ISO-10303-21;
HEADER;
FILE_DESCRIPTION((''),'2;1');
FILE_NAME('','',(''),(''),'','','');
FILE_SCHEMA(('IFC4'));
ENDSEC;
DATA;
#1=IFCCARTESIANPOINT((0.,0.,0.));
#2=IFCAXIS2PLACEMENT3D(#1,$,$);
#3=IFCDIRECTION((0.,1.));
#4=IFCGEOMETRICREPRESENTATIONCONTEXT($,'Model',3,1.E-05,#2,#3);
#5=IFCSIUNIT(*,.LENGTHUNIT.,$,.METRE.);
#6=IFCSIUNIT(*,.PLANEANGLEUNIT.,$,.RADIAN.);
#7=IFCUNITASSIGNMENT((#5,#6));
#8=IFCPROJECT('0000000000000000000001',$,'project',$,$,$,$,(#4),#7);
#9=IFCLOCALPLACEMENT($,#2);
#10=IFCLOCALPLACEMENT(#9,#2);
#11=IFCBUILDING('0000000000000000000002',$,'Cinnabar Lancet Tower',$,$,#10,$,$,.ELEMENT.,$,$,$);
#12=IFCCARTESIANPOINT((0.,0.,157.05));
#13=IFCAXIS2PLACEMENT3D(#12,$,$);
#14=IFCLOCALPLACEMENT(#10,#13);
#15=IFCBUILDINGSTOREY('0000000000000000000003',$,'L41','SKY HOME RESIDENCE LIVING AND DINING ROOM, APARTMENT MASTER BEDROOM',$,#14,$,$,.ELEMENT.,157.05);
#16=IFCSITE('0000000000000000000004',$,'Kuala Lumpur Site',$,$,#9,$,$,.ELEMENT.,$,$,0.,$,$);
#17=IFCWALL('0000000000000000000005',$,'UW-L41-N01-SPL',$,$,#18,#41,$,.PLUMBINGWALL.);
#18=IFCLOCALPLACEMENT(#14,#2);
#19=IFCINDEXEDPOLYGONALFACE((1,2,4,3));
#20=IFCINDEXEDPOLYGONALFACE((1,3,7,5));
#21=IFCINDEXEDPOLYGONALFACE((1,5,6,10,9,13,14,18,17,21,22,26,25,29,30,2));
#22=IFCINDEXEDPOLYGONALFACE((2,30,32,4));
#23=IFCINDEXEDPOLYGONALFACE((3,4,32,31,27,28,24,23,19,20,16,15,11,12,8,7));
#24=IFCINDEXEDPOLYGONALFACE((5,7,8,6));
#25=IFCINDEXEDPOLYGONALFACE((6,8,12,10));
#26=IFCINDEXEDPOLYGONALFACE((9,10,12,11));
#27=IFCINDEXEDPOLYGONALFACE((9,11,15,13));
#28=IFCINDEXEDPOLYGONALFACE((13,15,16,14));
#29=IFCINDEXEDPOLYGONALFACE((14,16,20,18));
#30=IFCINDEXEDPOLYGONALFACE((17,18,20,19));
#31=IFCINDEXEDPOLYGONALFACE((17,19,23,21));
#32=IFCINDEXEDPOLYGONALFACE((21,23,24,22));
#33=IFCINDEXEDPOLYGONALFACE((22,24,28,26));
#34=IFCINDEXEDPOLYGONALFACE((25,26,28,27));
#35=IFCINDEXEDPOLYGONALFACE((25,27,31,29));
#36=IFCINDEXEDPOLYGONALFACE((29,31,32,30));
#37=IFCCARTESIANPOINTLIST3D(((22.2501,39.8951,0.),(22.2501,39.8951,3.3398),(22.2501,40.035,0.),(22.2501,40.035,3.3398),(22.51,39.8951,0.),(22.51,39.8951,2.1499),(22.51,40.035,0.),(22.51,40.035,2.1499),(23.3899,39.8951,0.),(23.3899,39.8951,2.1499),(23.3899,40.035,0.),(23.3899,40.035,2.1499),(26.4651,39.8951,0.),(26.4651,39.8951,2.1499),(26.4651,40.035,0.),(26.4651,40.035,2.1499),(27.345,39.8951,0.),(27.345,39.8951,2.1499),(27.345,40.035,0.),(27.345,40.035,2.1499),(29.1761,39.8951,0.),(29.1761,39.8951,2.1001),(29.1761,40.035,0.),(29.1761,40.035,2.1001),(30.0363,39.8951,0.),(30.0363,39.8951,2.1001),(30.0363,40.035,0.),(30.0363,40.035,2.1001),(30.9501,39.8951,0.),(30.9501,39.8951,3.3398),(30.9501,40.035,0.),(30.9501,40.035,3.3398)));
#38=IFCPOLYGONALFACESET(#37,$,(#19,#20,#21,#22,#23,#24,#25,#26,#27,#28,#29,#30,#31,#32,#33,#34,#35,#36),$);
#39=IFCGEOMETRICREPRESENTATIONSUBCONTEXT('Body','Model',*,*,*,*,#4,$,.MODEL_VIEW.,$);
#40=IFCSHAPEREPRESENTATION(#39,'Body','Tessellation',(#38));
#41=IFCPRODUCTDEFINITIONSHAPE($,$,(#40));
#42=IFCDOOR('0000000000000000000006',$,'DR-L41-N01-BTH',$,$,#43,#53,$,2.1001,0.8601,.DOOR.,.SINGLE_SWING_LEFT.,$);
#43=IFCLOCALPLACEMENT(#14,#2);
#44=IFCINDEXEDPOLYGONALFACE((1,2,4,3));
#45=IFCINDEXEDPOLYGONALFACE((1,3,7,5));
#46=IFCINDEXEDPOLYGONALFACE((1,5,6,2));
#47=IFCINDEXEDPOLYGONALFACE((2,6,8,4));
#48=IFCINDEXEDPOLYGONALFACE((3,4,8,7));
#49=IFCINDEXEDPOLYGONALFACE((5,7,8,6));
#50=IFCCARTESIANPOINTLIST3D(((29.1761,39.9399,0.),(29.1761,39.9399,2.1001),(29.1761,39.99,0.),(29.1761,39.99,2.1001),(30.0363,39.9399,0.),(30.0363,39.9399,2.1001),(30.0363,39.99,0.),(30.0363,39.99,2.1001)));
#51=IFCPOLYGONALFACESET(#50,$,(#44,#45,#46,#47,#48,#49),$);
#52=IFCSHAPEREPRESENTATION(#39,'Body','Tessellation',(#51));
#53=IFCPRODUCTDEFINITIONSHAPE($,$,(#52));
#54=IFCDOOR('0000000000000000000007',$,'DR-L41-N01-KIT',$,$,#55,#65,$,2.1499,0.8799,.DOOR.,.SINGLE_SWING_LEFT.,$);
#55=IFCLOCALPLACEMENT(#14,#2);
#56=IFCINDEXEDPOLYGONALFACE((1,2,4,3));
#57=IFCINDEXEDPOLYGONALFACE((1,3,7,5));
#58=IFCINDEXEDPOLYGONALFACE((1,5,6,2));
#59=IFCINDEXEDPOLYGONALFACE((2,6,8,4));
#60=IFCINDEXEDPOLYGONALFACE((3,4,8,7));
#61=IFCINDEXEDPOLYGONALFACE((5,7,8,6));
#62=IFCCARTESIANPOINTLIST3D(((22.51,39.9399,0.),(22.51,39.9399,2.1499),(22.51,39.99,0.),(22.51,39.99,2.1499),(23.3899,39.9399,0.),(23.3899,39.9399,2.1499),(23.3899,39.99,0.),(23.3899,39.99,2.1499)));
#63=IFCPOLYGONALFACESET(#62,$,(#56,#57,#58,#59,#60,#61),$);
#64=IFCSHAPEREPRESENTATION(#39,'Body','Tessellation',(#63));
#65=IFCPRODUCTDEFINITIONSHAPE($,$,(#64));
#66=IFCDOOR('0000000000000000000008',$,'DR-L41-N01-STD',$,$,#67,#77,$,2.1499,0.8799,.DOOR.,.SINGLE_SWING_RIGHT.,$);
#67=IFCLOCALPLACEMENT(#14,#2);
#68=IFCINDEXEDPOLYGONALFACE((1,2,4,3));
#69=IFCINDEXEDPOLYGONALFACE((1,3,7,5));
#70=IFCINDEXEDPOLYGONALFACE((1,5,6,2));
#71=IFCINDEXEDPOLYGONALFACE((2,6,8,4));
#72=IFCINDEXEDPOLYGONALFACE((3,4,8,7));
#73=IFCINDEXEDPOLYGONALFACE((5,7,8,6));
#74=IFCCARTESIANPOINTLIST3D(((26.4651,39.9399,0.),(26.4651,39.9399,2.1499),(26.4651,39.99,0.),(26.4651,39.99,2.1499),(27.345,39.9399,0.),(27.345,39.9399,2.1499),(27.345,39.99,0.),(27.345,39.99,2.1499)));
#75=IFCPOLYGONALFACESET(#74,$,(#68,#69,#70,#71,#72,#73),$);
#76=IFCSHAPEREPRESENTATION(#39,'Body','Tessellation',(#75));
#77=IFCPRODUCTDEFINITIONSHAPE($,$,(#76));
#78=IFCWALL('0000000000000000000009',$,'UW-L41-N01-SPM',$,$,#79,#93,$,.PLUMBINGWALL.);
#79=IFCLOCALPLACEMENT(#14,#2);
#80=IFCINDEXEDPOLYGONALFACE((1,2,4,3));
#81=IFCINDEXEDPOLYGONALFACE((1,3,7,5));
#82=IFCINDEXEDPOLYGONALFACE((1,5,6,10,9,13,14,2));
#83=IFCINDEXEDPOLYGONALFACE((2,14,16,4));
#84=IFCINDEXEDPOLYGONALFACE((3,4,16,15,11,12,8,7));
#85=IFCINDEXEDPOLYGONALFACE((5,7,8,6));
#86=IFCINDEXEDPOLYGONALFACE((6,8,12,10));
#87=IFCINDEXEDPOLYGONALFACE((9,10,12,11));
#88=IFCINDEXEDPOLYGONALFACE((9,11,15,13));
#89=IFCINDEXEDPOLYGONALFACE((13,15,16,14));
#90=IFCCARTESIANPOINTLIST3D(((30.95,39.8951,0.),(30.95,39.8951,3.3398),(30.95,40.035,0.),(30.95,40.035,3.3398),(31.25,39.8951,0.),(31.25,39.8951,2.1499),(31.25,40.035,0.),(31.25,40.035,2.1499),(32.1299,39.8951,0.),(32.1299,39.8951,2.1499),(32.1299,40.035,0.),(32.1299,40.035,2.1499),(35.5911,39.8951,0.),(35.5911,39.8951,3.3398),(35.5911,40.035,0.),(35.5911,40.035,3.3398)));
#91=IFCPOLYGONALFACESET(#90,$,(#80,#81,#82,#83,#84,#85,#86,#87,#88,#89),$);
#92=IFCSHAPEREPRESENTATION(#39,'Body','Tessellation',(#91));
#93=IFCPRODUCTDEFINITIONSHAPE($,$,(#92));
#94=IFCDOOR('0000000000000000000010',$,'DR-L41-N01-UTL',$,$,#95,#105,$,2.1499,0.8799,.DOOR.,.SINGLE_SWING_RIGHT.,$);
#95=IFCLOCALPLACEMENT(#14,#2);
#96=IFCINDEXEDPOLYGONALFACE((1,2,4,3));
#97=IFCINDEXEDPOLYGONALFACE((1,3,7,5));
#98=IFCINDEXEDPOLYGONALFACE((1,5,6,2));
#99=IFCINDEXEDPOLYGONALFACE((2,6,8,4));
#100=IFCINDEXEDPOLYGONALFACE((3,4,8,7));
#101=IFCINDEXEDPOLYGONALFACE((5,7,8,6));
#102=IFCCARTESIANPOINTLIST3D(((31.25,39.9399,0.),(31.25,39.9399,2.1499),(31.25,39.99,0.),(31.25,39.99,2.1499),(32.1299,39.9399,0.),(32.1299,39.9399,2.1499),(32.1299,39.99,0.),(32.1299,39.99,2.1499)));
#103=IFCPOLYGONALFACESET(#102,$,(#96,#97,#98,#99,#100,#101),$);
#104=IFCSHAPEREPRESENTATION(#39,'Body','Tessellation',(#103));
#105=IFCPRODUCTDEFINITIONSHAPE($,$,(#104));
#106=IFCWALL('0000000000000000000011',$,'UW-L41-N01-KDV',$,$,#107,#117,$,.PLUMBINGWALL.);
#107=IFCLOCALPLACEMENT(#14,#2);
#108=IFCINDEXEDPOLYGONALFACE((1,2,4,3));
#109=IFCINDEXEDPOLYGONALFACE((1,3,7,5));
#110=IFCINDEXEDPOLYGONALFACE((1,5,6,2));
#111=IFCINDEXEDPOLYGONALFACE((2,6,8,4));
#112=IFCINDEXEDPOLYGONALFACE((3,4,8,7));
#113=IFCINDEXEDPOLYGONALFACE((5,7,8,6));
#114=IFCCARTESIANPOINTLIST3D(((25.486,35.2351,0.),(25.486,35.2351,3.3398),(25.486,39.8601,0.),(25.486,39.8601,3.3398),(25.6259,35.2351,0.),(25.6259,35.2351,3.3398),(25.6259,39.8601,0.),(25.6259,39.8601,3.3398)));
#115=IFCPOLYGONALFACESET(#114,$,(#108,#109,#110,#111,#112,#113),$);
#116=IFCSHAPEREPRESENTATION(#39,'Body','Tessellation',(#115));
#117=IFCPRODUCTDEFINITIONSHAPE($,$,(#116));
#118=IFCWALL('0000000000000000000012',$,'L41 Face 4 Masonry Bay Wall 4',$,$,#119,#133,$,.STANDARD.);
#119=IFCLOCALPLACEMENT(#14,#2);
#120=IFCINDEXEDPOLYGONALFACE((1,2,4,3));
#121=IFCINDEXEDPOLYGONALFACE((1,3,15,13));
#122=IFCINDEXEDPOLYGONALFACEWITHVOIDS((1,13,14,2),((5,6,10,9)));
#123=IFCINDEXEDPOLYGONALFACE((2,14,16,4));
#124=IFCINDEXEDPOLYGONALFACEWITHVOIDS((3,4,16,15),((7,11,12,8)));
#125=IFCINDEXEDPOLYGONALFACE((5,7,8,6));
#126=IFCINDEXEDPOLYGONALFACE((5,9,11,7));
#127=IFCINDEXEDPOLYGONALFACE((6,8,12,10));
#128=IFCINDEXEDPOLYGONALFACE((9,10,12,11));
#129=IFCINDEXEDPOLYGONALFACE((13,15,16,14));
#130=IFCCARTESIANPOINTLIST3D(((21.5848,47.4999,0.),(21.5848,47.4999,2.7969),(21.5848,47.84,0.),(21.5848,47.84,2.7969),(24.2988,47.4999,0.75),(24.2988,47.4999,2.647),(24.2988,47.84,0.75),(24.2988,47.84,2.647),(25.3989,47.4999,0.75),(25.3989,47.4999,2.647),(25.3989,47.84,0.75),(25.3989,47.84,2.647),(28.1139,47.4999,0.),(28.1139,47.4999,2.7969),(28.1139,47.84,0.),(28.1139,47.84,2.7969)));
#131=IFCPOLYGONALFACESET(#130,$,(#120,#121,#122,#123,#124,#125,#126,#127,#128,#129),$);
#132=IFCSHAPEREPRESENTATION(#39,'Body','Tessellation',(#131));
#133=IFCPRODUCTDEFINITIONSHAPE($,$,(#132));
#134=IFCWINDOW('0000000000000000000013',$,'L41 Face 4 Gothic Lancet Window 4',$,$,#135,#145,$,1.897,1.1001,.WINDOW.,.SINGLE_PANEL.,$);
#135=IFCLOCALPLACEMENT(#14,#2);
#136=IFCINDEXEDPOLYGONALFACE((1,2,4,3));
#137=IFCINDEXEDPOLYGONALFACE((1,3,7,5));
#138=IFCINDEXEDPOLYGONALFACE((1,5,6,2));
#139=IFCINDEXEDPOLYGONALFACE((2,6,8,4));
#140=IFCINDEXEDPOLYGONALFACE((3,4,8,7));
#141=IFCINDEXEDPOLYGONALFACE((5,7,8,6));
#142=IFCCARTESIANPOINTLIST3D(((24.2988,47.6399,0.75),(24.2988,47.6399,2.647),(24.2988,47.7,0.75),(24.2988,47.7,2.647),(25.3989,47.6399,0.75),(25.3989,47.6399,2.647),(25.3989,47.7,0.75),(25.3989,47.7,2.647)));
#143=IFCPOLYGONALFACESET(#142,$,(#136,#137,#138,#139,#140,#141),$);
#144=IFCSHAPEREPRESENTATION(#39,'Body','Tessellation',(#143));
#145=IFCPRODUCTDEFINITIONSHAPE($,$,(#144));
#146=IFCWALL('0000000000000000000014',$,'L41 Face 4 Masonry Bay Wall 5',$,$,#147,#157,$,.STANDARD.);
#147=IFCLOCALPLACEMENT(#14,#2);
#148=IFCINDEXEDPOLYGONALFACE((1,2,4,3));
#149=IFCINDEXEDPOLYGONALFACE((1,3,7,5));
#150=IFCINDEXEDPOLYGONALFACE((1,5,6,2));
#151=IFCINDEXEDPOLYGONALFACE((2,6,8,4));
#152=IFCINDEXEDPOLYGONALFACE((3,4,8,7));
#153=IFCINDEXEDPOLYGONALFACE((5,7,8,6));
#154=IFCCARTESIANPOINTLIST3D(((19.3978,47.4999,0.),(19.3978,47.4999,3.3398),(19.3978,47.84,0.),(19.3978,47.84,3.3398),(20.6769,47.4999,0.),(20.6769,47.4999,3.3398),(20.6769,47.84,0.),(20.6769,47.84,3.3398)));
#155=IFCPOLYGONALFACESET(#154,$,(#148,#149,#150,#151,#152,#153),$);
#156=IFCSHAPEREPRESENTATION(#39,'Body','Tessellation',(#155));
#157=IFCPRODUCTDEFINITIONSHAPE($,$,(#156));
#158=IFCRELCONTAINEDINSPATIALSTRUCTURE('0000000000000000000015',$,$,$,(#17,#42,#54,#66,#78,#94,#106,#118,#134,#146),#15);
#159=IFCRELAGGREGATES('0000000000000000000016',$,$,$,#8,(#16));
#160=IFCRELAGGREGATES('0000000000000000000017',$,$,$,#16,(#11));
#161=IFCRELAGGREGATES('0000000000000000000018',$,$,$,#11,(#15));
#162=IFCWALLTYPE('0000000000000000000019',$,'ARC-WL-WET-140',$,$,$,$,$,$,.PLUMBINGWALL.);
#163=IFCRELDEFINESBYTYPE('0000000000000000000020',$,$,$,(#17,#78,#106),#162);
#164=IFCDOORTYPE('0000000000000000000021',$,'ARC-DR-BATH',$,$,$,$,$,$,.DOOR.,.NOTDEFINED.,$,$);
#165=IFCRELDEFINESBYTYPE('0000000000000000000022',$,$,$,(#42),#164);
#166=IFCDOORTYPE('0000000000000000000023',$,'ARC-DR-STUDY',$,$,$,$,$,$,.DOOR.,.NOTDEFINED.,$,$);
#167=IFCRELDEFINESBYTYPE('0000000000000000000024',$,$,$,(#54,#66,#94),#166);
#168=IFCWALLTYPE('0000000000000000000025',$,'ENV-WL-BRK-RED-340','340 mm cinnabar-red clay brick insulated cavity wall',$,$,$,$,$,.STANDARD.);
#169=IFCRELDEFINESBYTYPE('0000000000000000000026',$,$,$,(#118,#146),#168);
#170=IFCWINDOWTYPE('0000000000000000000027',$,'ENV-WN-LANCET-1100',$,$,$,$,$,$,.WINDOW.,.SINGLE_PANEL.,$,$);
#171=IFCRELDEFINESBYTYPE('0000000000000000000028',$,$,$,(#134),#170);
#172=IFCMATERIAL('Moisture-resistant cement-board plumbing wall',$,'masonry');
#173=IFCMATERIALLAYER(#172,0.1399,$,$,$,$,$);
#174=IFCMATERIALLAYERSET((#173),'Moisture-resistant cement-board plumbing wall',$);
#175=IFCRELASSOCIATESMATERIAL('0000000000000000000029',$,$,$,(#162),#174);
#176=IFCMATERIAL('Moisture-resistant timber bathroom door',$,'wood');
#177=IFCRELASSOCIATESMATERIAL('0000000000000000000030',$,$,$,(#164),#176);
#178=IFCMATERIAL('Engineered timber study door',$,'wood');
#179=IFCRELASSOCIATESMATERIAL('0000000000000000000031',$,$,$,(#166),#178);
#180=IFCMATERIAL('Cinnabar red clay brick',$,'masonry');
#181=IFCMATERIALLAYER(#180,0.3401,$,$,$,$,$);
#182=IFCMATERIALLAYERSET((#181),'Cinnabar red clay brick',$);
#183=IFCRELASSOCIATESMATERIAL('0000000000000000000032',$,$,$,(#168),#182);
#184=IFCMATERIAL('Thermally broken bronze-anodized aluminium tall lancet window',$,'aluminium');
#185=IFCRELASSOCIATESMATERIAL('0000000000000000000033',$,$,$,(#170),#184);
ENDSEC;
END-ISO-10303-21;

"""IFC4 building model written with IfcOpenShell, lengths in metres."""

from ifc_helpers import new_model, si_unit, direction, frame, frame_2d, origin, place, context, subcontext, project, spatial, rectangle, extrude, material, layer, layer_set, type_object, element, fill, save


model = new_model("IFC4")

# Units and contexts
model_context = context("Model", 3, precision=1e-05, world=origin(), true_north=direction((0.0, 1.0)))
body_context = subcontext(model_context, "Body", "Model", "MODEL_VIEW")
ifc_project = project(units=[si_unit("LENGTHUNIT", "METRE"), si_unit("PLANEANGLEUNIT", "RADIAN")], contexts=[model_context])

# Site, building, storey
site_placement = place(None, origin())
site = spatial("IfcSite", under=ifc_project, at=site_placement, Name="Kuala Lumpur Site", CompositionType="ELEMENT", RefElevation=0.0)
building_placement = place(site_placement, origin())
building = spatial("IfcBuilding", under=site, at=building_placement, Name="Cinnabar Lancet Tower", CompositionType="ELEMENT")
storey_placement = place(building_placement, frame((0.0, 0.0, 157.05)))
storey = spatial("IfcBuildingStorey", under=building, at=storey_placement, Name="L41", Description="SKY HOME RESIDENCE LIVING AND DINING ROOM, APARTMENT MASTER BEDROOM", CompositionType="ELEMENT", Elevation=157.05)

# Wall, openings, doors
ifc_material_1 = material(Name="Moisture-resistant cement-board plumbing wall", Category="masonry")
ifc_layer_1 = layer(ifc_material_1, 0.1399)
ifc_layer_set_1 = layer_set([ifc_layer_1], Name="Moisture-resistant cement-board plumbing wall")
wall_type_1 = type_object("IfcWallType", Name="ARC-WL-WET-140", PredefinedType="PLUMBINGWALL", material=ifc_layer_set_1)
wall_1_placement = place(storey_placement, frame((22.25, 39.9651, 0.0), z_axis=(0.0, 0.0, 1.0), x_axis=(1.0, 0.0, 0.0)))
wall_1 = element("IfcWall", 1, at=wall_1_placement, inside=storey, type_object=wall_type_1, Name="UW-L41-N01-SPL", PredefinedType="PLUMBINGWALL", context=body_context, shape_type="SweptSolid", body=[
    extrude(rectangle(XDim=8.7, YDim=0.1399, at=frame_2d((4.3501, 0.0))), origin(), (0.0, 0.0, 1.0), 3.3398),
])
opening_1_placement = place(wall_1_placement, frame((6.926, 0.0, 0.0)))
opening_1 = element("IfcOpeningElement", 2, at=opening_1_placement, cuts=wall_1, PredefinedType="OPENING", context=body_context, shape_type="SweptSolid", body=[
    extrude(rectangle(XDim=0.8601, YDim=2.1001, at=frame_2d((0.4302, 1.05))), frame((0.0, 0.0798, 0.0), z_axis=(0.0, -1.0, 0.0), x_axis=(1.0, 0.0, 0.0)), (0.0, 0.0, 1.0), 0.1599),
])
opening_2_placement = place(wall_1_placement, frame((0.26, 0.0, 0.0)))
opening_2 = element("IfcOpeningElement", 3, at=opening_2_placement, cuts=wall_1, PredefinedType="OPENING", context=body_context, shape_type="SweptSolid", body=[
    extrude(rectangle(XDim=0.8799, YDim=2.1499, at=frame_2d((0.4399, 1.075))), frame((0.0, 0.0798, 0.0), z_axis=(0.0, -1.0, 0.0), x_axis=(1.0, 0.0, 0.0)), (0.0, 0.0, 1.0), 0.1599),
])
opening_3_placement = place(wall_1_placement, frame((4.2151, 0.0, 0.0)))
opening_3 = element("IfcOpeningElement", 4, at=opening_3_placement, cuts=wall_1, PredefinedType="OPENING", context=body_context, shape_type="SweptSolid", body=[
    extrude(rectangle(XDim=0.8799, YDim=2.1499, at=frame_2d((0.4399, 1.075))), frame((0.0, 0.0798, 0.0), z_axis=(0.0, -1.0, 0.0), x_axis=(1.0, 0.0, 0.0)), (0.0, 0.0, 1.0), 0.1599),
])
ifc_material_2 = material(Name="Moisture-resistant timber bathroom door", Category="wood")
door_type_1 = type_object("IfcDoorType", Name="ARC-DR-BATH", OperationType="NOTDEFINED", PredefinedType="DOOR", material=ifc_material_2)
door_1_placement = place(opening_1_placement, origin())
door_1 = element("IfcDoor", 5, at=door_1_placement, inside=storey, type_object=door_type_1, Name="DR-L41-N01-BTH", OperationType="SINGLE_SWING_LEFT", OverallHeight=2.1001, OverallWidth=0.8601, PredefinedType="DOOR", context=body_context, shape_type="SweptSolid", body=[
    extrude(rectangle(XDim=0.8601, YDim=2.1001, at=frame_2d((0.4302, 1.05))), frame((0.0, 0.0249, 0.0), z_axis=(0.0, -1.0, 0.0), x_axis=(1.0, 0.0, 0.0)), (0.0, 0.0, 1.0), 0.05),
])
fill(opening_1, door_1)
ifc_material_3 = material(Name="Engineered timber study door", Category="wood")
door_type_2 = type_object("IfcDoorType", Name="ARC-DR-STUDY", OperationType="NOTDEFINED", PredefinedType="DOOR", material=ifc_material_3)
door_2_placement = place(opening_2_placement, origin())
door_2 = element("IfcDoor", 6, at=door_2_placement, inside=storey, type_object=door_type_2, Name="DR-L41-N01-KIT", OperationType="SINGLE_SWING_LEFT", OverallHeight=2.1499, OverallWidth=0.8799, PredefinedType="DOOR", context=body_context, shape_type="SweptSolid", body=[
    extrude(rectangle(XDim=0.8799, YDim=2.1499, at=frame_2d((0.4399, 1.075))), frame((0.0, 0.0249, 0.0), z_axis=(0.0, -1.0, 0.0), x_axis=(1.0, 0.0, 0.0)), (0.0, 0.0, 1.0), 0.05),
])
fill(opening_2, door_2)
door_3_placement = place(opening_3_placement, origin())
door_3 = element("IfcDoor", 7, at=door_3_placement, inside=storey, type_object=door_type_2, Name="DR-L41-N01-STD", OperationType="SINGLE_SWING_RIGHT", OverallHeight=2.1499, OverallWidth=0.8799, PredefinedType="DOOR", context=body_context, shape_type="SweptSolid", body=[
    extrude(rectangle(XDim=0.8799, YDim=2.1499, at=frame_2d((0.4399, 1.075))), frame((0.0, 0.0249, 0.0), z_axis=(0.0, -1.0, 0.0), x_axis=(1.0, 0.0, 0.0)), (0.0, 0.0, 1.0), 0.05),
])
fill(opening_3, door_3)

# Wall, opening, door
wall_2_placement = place(storey_placement, frame((30.95, 39.9651, 0.0), z_axis=(0.0, 0.0, 1.0), x_axis=(1.0, 0.0, 0.0)))
wall_2 = element("IfcWall", 8, at=wall_2_placement, inside=storey, type_object=wall_type_1, Name="UW-L41-N01-SPM", PredefinedType="PLUMBINGWALL", context=body_context, shape_type="SweptSolid", body=[
    extrude(rectangle(XDim=4.6411, YDim=0.1399, at=frame_2d((2.3206, 0.0))), origin(), (0.0, 0.0, 1.0), 3.3398),
])
opening_4_placement = place(wall_2_placement, frame((0.3, 0.0, 0.0)))
opening_4 = element("IfcOpeningElement", 9, at=opening_4_placement, cuts=wall_2, PredefinedType="OPENING", context=body_context, shape_type="SweptSolid", body=[
    extrude(rectangle(XDim=0.8799, YDim=2.1499, at=frame_2d((0.4399, 1.075))), frame((0.0, 0.0798, 0.0), z_axis=(0.0, -1.0, 0.0), x_axis=(1.0, 0.0, 0.0)), (0.0, 0.0, 1.0), 0.1599),
])
door_4_placement = place(opening_4_placement, origin())
door_4 = element("IfcDoor", 10, at=door_4_placement, inside=storey, type_object=door_type_2, Name="DR-L41-N01-UTL", OperationType="SINGLE_SWING_RIGHT", OverallHeight=2.1499, OverallWidth=0.8799, PredefinedType="DOOR", context=body_context, shape_type="SweptSolid", body=[
    extrude(rectangle(XDim=0.8799, YDim=2.1499, at=frame_2d((0.4399, 1.075))), frame((0.0, 0.0249, 0.0), z_axis=(0.0, -1.0, 0.0), x_axis=(1.0, 0.0, 0.0)), (0.0, 0.0, 1.0), 0.05),
])
fill(opening_4, door_4)

# Wall
wall_3_placement = place(storey_placement, frame((25.5559, 35.2351, 0.0), z_axis=(0.0, 0.0, 1.0), x_axis=(0.0, 1.0, 0.0)))
element("IfcWall", 11, at=wall_3_placement, inside=storey, type_object=wall_type_1, Name="UW-L41-N01-KDV", PredefinedType="PLUMBINGWALL", context=body_context, shape_type="SweptSolid", body=[
    extrude(rectangle(XDim=4.625, YDim=0.1399, at=frame_2d((2.3125, 0.0))), origin(), (0.0, 0.0, 1.0), 3.3398),
])

# Wall, opening, window
ifc_material_4 = material(Name="Cinnabar red clay brick", Category="masonry")
ifc_layer_2 = layer(ifc_material_4, 0.3401)
ifc_layer_set_2 = layer_set([ifc_layer_2], Name="Cinnabar red clay brick")
wall_type_2 = type_object("IfcWallType", Name="ENV-WL-BRK-RED-340", Description="340 mm cinnabar-red clay brick insulated cavity wall", PredefinedType="STANDARD", material=ifc_layer_set_2)
wall_4_placement = place(storey_placement, frame((28.114, 47.6699, 0.0), z_axis=(0.0, 0.0, 1.0), x_axis=(-1.0, 0.0, 0.0)))
wall_4 = element("IfcWall", 12, at=wall_4_placement, inside=storey, type_object=wall_type_2, Name="L41 Face 4 Masonry Bay Wall 4", PredefinedType="STANDARD", context=body_context, shape_type="SweptSolid", body=[
    extrude(rectangle(XDim=6.5291, YDim=0.3401, at=frame_2d((3.2646, 0.0))), origin(), (0.0, 0.0, 1.0), 2.7969),
])
opening_5_placement = place(wall_4_placement, frame((2.7151, 0.0, 0.75)))
opening_5 = element("IfcOpeningElement", 13, at=opening_5_placement, cuts=wall_4, PredefinedType="OPENING", context=body_context, shape_type="SweptSolid", body=[
    extrude(rectangle(XDim=1.1001, YDim=1.897, at=frame_2d((0.55, 0.9485))), frame((0.0, 0.1799, 0.0), z_axis=(0.0, -1.0, 0.0), x_axis=(1.0, 0.0, 0.0)), (0.0, 0.0, 1.0), 0.3601),
])
ifc_material_5 = material(Name="Thermally broken bronze-anodized aluminium tall lancet window", Category="aluminium")
window_type = type_object("IfcWindowType", Name="ENV-WN-LANCET-1100", PartitioningType="SINGLE_PANEL", PredefinedType="WINDOW", material=ifc_material_5)
window_placement = place(opening_5_placement, origin())
window = element("IfcWindow", 14, at=window_placement, inside=storey, type_object=window_type, Name="L41 Face 4 Gothic Lancet Window 4", OverallHeight=1.897, OverallWidth=1.1001, PartitioningType="SINGLE_PANEL", PredefinedType="WINDOW", context=body_context, shape_type="SweptSolid", body=[
    extrude(rectangle(XDim=1.1001, YDim=1.897, at=frame_2d((0.55, 0.9485))), frame((0.0, 0.03, 0.0), z_axis=(0.0, -1.0, 0.0), x_axis=(1.0, 0.0, 0.0)), (0.0, 0.0, 1.0), 0.0601),
])
fill(opening_5, window)

# Wall
wall_5_placement = place(storey_placement, frame((20.677, 47.6699, 0.0), z_axis=(0.0, 0.0, 1.0), x_axis=(-1.0, 0.0, 0.0)))
element("IfcWall", 15, at=wall_5_placement, inside=storey, type_object=wall_type_2, Name="L41 Face 4 Masonry Bay Wall 5", PredefinedType="STANDARD", context=body_context, shape_type="SweptSolid", body=[
    extrude(rectangle(XDim=1.2791, YDim=0.3401, at=frame_2d((0.6396, 0.0))), origin(), (0.0, 0.0, 1.0), 3.3398),
])

save(model, "model.ifc")
